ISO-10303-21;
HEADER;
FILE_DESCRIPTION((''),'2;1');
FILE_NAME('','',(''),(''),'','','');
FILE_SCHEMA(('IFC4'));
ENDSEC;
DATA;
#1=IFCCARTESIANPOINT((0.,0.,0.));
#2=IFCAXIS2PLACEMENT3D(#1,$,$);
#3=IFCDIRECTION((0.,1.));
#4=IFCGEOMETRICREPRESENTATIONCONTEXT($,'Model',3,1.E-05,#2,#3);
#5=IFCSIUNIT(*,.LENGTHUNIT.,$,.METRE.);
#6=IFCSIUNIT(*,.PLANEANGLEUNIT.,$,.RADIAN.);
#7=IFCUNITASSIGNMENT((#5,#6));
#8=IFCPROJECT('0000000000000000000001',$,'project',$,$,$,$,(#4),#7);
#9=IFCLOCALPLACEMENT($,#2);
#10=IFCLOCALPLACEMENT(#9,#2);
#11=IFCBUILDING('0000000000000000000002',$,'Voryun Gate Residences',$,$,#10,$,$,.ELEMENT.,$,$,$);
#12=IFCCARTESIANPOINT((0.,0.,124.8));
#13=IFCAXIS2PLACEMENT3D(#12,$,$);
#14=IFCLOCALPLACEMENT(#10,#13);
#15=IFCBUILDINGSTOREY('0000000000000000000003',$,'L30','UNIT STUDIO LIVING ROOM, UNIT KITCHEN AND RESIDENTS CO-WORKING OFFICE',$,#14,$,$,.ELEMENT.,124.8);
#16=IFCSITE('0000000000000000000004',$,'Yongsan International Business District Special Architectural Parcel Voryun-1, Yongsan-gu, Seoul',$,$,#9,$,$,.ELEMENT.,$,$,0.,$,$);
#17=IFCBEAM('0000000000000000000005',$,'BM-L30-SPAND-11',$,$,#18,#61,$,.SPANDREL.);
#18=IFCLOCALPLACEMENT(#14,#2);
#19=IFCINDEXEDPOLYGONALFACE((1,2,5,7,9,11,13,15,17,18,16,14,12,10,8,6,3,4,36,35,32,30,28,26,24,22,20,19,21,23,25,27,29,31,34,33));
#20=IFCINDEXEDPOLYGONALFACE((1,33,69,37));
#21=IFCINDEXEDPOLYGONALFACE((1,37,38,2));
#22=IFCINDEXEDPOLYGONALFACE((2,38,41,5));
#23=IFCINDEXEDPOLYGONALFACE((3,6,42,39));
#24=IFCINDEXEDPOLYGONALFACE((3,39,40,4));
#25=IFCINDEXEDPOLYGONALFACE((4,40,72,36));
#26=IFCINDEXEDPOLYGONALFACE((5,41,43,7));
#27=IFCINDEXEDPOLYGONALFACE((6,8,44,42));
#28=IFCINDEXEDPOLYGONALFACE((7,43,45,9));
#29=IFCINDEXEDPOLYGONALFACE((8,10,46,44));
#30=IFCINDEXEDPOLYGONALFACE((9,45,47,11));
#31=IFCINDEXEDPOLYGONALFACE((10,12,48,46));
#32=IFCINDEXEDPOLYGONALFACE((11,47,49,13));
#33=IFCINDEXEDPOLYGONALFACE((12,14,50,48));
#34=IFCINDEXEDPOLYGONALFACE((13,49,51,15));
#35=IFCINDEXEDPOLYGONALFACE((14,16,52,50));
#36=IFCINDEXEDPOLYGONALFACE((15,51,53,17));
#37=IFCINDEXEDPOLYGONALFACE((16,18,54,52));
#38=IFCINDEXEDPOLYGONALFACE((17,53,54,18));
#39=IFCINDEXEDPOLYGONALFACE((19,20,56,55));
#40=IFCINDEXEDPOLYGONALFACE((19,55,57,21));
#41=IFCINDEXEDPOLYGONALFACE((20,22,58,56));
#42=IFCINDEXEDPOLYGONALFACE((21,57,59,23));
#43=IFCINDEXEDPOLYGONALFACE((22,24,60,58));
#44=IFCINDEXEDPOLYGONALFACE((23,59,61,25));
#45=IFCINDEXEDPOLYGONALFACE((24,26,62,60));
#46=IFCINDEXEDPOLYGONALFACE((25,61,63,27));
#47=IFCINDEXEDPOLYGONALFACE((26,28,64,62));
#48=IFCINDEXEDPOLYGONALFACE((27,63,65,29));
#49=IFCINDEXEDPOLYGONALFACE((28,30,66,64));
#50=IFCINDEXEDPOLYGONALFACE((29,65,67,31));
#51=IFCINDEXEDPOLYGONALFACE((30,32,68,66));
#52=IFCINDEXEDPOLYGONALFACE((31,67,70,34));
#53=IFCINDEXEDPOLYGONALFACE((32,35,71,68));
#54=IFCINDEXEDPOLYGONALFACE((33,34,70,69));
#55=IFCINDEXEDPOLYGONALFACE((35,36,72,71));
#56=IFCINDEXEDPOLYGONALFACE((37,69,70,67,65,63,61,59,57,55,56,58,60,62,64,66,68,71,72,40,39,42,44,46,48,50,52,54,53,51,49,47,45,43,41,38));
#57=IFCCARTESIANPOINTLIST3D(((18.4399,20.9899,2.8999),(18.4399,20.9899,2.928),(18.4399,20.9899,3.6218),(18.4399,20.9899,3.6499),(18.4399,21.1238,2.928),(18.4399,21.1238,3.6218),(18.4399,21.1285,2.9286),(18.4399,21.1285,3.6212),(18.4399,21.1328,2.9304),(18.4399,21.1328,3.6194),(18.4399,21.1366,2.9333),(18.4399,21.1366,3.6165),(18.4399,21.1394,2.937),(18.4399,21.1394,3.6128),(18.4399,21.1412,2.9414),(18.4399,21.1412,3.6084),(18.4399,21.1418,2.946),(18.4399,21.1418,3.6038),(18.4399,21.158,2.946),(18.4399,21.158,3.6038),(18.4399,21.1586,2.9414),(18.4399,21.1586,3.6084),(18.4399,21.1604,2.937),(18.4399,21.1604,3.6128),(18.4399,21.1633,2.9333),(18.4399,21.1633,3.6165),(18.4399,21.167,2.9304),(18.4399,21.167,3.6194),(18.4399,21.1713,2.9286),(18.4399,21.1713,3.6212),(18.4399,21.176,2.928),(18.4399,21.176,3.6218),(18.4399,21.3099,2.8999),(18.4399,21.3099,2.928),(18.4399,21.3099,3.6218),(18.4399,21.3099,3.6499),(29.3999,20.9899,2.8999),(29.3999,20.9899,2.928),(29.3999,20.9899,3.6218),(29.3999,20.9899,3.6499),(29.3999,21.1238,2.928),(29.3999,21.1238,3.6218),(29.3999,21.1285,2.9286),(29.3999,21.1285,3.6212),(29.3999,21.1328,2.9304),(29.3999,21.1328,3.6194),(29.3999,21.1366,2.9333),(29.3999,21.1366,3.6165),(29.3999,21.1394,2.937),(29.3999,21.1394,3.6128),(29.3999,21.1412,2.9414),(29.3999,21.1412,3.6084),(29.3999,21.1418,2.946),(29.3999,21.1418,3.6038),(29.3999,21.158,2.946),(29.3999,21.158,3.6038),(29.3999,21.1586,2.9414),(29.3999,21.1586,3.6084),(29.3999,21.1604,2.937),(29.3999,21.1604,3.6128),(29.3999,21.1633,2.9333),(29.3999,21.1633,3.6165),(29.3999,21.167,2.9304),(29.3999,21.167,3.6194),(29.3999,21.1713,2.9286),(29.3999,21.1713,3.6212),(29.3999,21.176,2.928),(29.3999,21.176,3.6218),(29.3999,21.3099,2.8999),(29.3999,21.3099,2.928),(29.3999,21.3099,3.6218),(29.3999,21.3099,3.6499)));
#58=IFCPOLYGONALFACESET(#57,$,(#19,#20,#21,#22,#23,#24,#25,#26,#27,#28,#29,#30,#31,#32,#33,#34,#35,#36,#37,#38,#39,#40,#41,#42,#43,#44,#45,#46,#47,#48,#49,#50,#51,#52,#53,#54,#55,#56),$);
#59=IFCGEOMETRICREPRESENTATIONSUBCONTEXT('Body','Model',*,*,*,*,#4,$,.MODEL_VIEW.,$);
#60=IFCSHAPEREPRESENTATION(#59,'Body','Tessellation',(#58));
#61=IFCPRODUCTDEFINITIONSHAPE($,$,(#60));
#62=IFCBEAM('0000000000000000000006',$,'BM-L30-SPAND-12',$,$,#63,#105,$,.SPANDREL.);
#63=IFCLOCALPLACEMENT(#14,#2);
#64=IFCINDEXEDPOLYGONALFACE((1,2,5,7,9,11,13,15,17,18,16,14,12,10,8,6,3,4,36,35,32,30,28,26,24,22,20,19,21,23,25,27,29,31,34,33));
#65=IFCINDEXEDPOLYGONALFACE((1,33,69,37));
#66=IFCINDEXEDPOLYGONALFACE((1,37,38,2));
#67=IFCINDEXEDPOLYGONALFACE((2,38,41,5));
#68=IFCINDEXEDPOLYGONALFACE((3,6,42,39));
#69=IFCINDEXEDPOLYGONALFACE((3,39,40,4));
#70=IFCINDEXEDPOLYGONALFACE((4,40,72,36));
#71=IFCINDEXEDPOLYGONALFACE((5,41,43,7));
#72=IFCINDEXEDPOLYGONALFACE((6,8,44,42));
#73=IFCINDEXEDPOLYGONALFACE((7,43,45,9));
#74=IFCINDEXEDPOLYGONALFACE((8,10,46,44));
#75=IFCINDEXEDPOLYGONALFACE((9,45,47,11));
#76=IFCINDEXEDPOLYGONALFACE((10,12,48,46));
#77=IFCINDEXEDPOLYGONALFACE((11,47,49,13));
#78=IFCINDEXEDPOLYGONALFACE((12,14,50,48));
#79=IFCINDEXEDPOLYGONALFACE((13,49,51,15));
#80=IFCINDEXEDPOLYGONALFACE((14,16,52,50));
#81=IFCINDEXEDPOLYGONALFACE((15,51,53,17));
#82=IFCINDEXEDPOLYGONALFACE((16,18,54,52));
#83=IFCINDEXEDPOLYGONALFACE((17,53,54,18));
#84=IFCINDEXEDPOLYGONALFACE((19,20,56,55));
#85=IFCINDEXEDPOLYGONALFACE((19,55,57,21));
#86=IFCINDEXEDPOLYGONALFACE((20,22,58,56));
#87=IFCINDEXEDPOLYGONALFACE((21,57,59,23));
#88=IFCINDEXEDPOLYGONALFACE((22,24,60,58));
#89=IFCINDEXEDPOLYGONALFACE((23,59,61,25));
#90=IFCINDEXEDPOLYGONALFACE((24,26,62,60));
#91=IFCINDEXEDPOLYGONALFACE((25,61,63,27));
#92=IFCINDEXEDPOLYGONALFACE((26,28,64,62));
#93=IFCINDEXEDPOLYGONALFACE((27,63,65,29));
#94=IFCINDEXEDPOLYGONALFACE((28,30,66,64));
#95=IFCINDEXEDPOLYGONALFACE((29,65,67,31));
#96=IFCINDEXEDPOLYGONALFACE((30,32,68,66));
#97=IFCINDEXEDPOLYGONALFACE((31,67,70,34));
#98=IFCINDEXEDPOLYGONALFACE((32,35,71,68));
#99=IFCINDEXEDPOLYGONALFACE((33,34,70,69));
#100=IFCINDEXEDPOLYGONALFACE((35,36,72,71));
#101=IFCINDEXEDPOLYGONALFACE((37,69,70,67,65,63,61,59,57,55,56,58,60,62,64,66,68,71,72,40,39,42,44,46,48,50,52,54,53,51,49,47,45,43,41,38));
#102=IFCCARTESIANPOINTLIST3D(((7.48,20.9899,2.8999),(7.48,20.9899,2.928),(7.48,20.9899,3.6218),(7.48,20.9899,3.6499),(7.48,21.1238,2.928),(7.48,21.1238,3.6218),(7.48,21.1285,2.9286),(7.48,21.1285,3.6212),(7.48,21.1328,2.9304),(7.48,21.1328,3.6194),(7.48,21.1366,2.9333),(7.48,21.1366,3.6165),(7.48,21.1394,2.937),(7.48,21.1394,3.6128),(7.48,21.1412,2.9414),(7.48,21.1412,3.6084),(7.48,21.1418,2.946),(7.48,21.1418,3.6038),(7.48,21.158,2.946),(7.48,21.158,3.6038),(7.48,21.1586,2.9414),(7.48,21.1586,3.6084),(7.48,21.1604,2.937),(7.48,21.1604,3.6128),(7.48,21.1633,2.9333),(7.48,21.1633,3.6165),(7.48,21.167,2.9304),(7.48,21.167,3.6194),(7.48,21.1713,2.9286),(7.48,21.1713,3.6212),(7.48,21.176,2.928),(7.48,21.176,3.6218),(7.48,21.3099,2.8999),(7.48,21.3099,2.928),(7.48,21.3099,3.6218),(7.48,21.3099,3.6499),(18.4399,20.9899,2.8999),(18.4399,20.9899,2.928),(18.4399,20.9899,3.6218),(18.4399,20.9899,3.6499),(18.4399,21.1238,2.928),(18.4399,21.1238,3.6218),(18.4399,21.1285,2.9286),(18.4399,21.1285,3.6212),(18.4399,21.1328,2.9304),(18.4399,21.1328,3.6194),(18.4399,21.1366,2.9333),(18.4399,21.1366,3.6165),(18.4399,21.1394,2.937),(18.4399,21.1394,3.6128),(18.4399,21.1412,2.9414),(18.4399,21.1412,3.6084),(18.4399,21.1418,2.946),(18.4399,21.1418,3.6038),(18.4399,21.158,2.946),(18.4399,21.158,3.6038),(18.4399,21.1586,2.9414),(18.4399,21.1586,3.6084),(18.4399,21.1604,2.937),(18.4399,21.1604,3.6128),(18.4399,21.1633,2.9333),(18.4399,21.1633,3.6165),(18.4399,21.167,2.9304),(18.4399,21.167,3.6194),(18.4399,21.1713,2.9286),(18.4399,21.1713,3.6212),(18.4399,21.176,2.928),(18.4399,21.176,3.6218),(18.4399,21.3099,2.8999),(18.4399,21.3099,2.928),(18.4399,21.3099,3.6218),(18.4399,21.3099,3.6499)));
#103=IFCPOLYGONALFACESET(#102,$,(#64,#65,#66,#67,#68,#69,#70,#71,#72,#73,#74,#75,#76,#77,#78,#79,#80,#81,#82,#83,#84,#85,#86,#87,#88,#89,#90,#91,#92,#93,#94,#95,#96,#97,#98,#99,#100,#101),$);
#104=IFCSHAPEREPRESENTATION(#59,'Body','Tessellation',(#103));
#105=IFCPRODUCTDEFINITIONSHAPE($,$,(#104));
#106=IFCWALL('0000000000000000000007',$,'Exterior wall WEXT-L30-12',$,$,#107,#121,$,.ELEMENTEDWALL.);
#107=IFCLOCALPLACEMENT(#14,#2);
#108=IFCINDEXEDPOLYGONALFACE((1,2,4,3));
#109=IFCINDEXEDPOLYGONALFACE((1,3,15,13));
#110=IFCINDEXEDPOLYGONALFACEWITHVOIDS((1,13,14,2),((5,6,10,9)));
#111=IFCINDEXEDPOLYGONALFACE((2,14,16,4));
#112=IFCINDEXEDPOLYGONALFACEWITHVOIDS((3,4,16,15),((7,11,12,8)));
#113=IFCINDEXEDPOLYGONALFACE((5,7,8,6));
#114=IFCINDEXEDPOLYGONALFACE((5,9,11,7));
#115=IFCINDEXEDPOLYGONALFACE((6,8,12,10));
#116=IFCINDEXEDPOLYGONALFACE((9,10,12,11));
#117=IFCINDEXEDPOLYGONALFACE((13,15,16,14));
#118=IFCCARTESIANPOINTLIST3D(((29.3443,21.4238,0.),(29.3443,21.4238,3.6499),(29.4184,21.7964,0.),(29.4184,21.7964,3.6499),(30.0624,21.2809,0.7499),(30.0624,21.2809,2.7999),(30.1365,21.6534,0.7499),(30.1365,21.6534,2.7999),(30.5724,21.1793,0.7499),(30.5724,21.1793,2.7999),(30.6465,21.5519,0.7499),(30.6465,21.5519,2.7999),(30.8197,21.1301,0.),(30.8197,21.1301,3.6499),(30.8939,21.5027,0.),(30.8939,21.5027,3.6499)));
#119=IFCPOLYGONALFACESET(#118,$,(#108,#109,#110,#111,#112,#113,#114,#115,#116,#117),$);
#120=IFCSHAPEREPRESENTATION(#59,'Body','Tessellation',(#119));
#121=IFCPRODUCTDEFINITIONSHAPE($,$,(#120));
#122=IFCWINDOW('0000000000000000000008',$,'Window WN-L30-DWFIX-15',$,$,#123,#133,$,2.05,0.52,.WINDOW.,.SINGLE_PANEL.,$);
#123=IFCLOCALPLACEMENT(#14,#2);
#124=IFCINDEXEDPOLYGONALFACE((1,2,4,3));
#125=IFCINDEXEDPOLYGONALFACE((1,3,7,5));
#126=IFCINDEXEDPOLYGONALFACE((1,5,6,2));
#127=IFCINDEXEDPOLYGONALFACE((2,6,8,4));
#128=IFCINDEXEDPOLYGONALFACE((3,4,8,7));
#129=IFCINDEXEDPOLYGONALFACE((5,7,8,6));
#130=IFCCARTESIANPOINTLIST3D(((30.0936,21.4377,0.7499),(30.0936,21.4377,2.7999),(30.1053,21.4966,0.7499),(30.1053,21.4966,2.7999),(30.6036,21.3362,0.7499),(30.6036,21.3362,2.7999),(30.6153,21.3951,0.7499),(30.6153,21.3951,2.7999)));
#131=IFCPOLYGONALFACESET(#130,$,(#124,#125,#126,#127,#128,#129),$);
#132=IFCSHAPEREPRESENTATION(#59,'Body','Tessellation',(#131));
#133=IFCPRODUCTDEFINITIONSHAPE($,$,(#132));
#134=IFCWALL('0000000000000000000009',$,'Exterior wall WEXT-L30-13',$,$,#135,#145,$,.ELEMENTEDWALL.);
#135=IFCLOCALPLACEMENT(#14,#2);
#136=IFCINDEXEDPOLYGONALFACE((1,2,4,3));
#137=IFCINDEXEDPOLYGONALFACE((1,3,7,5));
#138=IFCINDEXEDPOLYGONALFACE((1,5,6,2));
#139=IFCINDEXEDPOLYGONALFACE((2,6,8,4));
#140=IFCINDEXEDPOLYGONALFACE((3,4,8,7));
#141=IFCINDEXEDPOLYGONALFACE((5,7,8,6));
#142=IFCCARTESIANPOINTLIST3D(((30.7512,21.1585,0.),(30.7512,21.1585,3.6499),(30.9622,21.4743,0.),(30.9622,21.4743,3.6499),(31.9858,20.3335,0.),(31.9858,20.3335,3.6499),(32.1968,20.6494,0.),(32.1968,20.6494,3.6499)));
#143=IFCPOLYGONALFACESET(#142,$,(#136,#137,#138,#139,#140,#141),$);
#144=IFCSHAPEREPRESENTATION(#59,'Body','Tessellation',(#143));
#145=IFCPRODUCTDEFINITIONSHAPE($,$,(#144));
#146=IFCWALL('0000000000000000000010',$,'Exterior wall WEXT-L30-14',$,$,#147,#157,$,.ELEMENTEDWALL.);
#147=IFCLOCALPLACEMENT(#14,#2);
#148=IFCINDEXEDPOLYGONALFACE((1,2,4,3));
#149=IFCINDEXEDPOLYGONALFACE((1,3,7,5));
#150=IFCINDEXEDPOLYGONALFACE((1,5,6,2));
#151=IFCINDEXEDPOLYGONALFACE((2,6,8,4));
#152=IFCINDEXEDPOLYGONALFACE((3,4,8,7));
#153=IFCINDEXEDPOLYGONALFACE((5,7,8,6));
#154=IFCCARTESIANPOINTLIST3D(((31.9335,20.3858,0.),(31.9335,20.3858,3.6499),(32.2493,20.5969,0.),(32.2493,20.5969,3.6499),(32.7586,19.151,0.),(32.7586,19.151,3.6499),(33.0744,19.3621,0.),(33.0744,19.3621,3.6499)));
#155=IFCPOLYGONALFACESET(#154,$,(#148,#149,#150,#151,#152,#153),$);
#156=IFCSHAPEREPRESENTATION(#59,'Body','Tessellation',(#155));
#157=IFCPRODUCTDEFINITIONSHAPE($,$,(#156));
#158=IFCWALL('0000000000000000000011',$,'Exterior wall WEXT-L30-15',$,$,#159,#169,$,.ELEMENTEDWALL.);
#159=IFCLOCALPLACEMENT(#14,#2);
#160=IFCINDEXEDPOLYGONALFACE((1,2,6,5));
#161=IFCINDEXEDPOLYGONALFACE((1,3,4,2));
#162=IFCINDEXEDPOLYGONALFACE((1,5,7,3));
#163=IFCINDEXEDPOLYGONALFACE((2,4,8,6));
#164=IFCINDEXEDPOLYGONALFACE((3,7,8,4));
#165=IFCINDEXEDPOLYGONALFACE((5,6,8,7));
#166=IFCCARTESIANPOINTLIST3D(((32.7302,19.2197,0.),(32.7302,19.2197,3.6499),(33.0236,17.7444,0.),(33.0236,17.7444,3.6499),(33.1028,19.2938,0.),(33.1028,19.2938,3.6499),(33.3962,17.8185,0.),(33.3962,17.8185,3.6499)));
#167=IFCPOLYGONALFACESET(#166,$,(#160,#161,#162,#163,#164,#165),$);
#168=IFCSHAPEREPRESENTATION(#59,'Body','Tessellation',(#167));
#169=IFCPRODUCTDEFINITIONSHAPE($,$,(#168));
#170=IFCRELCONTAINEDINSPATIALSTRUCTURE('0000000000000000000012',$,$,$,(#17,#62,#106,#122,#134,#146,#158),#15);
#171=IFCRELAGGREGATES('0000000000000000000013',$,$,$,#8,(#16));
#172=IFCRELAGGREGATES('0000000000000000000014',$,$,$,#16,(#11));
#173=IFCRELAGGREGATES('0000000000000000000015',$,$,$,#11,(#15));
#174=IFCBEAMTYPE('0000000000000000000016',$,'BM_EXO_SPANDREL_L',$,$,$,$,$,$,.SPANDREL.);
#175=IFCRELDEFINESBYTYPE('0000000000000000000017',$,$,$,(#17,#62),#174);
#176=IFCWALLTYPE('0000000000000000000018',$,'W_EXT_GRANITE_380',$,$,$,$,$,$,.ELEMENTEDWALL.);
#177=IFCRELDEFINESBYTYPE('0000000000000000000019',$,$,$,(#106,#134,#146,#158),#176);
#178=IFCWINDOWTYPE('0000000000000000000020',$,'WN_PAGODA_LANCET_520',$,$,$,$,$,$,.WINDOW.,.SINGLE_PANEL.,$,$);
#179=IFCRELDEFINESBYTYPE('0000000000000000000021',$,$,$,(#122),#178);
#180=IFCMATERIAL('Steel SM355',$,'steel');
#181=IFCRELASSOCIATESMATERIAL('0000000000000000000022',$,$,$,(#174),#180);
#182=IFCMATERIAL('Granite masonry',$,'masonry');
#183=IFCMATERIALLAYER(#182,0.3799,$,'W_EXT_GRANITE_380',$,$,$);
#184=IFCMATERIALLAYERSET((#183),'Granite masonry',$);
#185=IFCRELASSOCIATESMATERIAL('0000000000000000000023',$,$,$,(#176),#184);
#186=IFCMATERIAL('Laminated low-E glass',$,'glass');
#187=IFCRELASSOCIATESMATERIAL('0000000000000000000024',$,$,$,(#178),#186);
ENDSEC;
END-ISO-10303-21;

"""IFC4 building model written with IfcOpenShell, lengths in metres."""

from ifc_helpers import new_model, si_unit, direction, frame, frame_2d, origin, origin_2d, place, context, subcontext, project, spatial, rectangle, i_section, extrude, material, layer, layer_set, material_profile, profile_set, type_object, element, fill, save


model = new_model("IFC4")

# Units and contexts
model_context = context("Model", 3, precision=1e-05, world=origin(), true_north=direction((0.0, 1.0)))
body_context = subcontext(model_context, "Body", "Model", "MODEL_VIEW")
ifc_project = project(units=[si_unit("LENGTHUNIT", "METRE"), si_unit("PLANEANGLEUNIT", "RADIAN")], contexts=[model_context])

# Site, building, storey
site_placement = place(None, origin())
site = spatial("IfcSite", under=ifc_project, at=site_placement, Name="Yongsan International Business District Special Architectural Parcel Voryun-1, Yongsan-gu, Seoul", CompositionType="ELEMENT", RefElevation=0.0)
building_placement = place(site_placement, origin())
building = spatial("IfcBuilding", under=site, at=building_placement, Name="Voryun Gate Residences", CompositionType="ELEMENT")
storey_placement = place(building_placement, frame((0.0, 0.0, 124.8)))
storey = spatial("IfcBuildingStorey", under=building, at=storey_placement, Name="L30", Description="UNIT STUDIO LIVING ROOM, UNIT KITCHEN AND RESIDENTS CO-WORKING OFFICE", CompositionType="ELEMENT", Elevation=124.8)

# Beams
ifc_material_1 = material(Name="Steel SM355", Category="steel")
ifc_material_profile_1 = material_profile(ifc_material_1, i_section(OverallWidth=0.3201, OverallDepth=0.75, WebThickness=0.0161, FlangeThickness=0.0281, FilletRadius=0.0181, at=origin_2d()), Name="H-750x320x16x28")
ifc_profile_set_1 = profile_set([ifc_material_profile_1], Name="Steel SM355")
beam_type = type_object("IfcBeamType", Name="BM_EXO_SPANDREL_L", PredefinedType="SPANDREL", material=ifc_profile_set_1)
for number, where, z_axis, x_axis, name in (
    (1, (29.3999, 21.1499, 3.2749), (-1.0, 0.0, 0.0), (0.0, -1.0, 0.0), "BM-L30-SPAND-11"),
    (2, (18.4399, 21.1499, 3.2749), (-1.0, 0.0, 0.0), (0.0, -1.0, 0.0), "BM-L30-SPAND-12"),
):
    element("IfcBeam", number, at=place(storey_placement, frame(where, z_axis=z_axis, x_axis=x_axis)), inside=storey, type_object=beam_type, Name=name, PredefinedType="SPANDREL", context=body_context, shape_type="SweptSolid", body=[
        extrude(i_section(OverallWidth=0.3201, OverallDepth=0.75, WebThickness=0.0161, FlangeThickness=0.0281, FilletRadius=0.0181, at=origin_2d()), origin(), (0.0, 0.0, 1.0), 10.96),
    ])

# Wall, opening, window
ifc_material_2 = material(Name="Granite masonry", Category="masonry")
ifc_layer_1 = layer(ifc_material_2, 0.3799, Name="W_EXT_GRANITE_380")
ifc_layer_set_1 = layer_set([ifc_layer_1], Name="Granite masonry")
wall_type_1 = type_object("IfcWallType", Name="W_EXT_GRANITE_380", PredefinedType="ELEMENTEDWALL", material=ifc_layer_set_1)
wall_1_placement = place(storey_placement, frame((29.3813, 21.6101, 0.0), z_axis=(0.0, 0.0, 1.0), x_axis=(0.980755, -0.195242, 0.0)))
wall_1 = element("IfcWall", 3, at=wall_1_placement, inside=storey, type_object=wall_type_1, Name="Exterior wall WEXT-L30-12", PredefinedType="ELEMENTEDWALL", context=body_context, shape_type="SweptSolid", body=[
    extrude(rectangle(XDim=1.5044, YDim=0.3799, at=frame_2d((0.7522, 0.0))), origin(), (0.0, 0.0, 1.0), 3.6499),
])
opening_1_placement = place(wall_1_placement, frame((0.7322, 0.0, 0.75)))
opening_1 = element("IfcOpeningElement", 4, at=opening_1_placement, cuts=wall_1, PredefinedType="OPENING", context=body_context, shape_type="SweptSolid", body=[
    extrude(rectangle(XDim=0.52, YDim=2.05, at=frame_2d((0.26, 1.0249))), frame((0.0, 0.2, 0.0), z_axis=(0.0, -1.0, 0.0), x_axis=(1.0, 0.0, 0.0)), (0.0, 0.0, 1.0), 0.3999),
])
ifc_material_3 = material(Name="Laminated low-E glass", Category="glass")
window_type_1 = type_object("IfcWindowType", Name="WN_PAGODA_LANCET_520", PartitioningType="SINGLE_PANEL", PredefinedType="WINDOW", material=ifc_material_3)
window_1_placement = place(opening_1_placement, origin())
window_1 = element("IfcWindow", 5, at=window_1_placement, inside=storey, type_object=window_type_1, Name="Window WN-L30-DWFIX-15", OverallHeight=2.05, OverallWidth=0.52, PartitioningType="SINGLE_PANEL", PredefinedType="WINDOW", context=body_context, shape_type="SweptSolid", body=[
    extrude(rectangle(XDim=0.52, YDim=2.05, at=frame_2d((0.26, 1.0249))), frame((0.0, 0.03, 0.0), z_axis=(0.0, -1.0, 0.0), x_axis=(1.0, 0.0, 0.0)), (0.0, 0.0, 1.0), 0.0601),
])
fill(opening_1, window_1)

# Walls
wall_2_placement = place(storey_placement, frame((30.8567, 21.3164, 0.0), z_axis=(0.0, 0.0, 1.0), x_axis=(0.831468, -0.555573, 0.0)))
element("IfcWall", 6, at=wall_2_placement, inside=storey, type_object=wall_type_1, Name="Exterior wall WEXT-L30-13", PredefinedType="ELEMENTEDWALL", context=body_context, shape_type="SweptSolid", body=[
    extrude(rectangle(XDim=1.4849, YDim=0.3799, at=frame_2d((0.7424, 0.0))), origin(), (0.0, 0.0, 1.0), 3.6499),
])
wall_3_placement = place(storey_placement, frame((32.0913, 20.4915, 0.0), z_axis=(0.0, 0.0, 1.0), x_axis=(0.55561, -0.831443, 0.0)))
element("IfcWall", 7, at=wall_3_placement, inside=storey, type_object=wall_type_1, Name="Exterior wall WEXT-L30-14", PredefinedType="ELEMENTEDWALL", context=body_context, shape_type="SweptSolid", body=[
    extrude(rectangle(XDim=1.4851, YDim=0.3799, at=frame_2d((0.7427, 0.0))), origin(), (0.0, 0.0, 1.0), 3.6499),
])
wall_4_placement = place(storey_placement, frame((32.9165, 19.2566, 0.0), z_axis=(0.0, 0.0, 1.0), x_axis=(0.195086, -0.980786, 0.0)))
element("IfcWall", 8, at=wall_4_placement, inside=storey, type_object=wall_type_1, Name="Exterior wall WEXT-L30-15", PredefinedType="ELEMENTEDWALL", context=body_context, shape_type="SweptSolid", body=[
    extrude(rectangle(XDim=1.5042, YDim=0.3799, at=frame_2d((0.752, 0.0))), origin(), (0.0, 0.0, 1.0), 3.6499),
])

save(model, "model.ifc")
